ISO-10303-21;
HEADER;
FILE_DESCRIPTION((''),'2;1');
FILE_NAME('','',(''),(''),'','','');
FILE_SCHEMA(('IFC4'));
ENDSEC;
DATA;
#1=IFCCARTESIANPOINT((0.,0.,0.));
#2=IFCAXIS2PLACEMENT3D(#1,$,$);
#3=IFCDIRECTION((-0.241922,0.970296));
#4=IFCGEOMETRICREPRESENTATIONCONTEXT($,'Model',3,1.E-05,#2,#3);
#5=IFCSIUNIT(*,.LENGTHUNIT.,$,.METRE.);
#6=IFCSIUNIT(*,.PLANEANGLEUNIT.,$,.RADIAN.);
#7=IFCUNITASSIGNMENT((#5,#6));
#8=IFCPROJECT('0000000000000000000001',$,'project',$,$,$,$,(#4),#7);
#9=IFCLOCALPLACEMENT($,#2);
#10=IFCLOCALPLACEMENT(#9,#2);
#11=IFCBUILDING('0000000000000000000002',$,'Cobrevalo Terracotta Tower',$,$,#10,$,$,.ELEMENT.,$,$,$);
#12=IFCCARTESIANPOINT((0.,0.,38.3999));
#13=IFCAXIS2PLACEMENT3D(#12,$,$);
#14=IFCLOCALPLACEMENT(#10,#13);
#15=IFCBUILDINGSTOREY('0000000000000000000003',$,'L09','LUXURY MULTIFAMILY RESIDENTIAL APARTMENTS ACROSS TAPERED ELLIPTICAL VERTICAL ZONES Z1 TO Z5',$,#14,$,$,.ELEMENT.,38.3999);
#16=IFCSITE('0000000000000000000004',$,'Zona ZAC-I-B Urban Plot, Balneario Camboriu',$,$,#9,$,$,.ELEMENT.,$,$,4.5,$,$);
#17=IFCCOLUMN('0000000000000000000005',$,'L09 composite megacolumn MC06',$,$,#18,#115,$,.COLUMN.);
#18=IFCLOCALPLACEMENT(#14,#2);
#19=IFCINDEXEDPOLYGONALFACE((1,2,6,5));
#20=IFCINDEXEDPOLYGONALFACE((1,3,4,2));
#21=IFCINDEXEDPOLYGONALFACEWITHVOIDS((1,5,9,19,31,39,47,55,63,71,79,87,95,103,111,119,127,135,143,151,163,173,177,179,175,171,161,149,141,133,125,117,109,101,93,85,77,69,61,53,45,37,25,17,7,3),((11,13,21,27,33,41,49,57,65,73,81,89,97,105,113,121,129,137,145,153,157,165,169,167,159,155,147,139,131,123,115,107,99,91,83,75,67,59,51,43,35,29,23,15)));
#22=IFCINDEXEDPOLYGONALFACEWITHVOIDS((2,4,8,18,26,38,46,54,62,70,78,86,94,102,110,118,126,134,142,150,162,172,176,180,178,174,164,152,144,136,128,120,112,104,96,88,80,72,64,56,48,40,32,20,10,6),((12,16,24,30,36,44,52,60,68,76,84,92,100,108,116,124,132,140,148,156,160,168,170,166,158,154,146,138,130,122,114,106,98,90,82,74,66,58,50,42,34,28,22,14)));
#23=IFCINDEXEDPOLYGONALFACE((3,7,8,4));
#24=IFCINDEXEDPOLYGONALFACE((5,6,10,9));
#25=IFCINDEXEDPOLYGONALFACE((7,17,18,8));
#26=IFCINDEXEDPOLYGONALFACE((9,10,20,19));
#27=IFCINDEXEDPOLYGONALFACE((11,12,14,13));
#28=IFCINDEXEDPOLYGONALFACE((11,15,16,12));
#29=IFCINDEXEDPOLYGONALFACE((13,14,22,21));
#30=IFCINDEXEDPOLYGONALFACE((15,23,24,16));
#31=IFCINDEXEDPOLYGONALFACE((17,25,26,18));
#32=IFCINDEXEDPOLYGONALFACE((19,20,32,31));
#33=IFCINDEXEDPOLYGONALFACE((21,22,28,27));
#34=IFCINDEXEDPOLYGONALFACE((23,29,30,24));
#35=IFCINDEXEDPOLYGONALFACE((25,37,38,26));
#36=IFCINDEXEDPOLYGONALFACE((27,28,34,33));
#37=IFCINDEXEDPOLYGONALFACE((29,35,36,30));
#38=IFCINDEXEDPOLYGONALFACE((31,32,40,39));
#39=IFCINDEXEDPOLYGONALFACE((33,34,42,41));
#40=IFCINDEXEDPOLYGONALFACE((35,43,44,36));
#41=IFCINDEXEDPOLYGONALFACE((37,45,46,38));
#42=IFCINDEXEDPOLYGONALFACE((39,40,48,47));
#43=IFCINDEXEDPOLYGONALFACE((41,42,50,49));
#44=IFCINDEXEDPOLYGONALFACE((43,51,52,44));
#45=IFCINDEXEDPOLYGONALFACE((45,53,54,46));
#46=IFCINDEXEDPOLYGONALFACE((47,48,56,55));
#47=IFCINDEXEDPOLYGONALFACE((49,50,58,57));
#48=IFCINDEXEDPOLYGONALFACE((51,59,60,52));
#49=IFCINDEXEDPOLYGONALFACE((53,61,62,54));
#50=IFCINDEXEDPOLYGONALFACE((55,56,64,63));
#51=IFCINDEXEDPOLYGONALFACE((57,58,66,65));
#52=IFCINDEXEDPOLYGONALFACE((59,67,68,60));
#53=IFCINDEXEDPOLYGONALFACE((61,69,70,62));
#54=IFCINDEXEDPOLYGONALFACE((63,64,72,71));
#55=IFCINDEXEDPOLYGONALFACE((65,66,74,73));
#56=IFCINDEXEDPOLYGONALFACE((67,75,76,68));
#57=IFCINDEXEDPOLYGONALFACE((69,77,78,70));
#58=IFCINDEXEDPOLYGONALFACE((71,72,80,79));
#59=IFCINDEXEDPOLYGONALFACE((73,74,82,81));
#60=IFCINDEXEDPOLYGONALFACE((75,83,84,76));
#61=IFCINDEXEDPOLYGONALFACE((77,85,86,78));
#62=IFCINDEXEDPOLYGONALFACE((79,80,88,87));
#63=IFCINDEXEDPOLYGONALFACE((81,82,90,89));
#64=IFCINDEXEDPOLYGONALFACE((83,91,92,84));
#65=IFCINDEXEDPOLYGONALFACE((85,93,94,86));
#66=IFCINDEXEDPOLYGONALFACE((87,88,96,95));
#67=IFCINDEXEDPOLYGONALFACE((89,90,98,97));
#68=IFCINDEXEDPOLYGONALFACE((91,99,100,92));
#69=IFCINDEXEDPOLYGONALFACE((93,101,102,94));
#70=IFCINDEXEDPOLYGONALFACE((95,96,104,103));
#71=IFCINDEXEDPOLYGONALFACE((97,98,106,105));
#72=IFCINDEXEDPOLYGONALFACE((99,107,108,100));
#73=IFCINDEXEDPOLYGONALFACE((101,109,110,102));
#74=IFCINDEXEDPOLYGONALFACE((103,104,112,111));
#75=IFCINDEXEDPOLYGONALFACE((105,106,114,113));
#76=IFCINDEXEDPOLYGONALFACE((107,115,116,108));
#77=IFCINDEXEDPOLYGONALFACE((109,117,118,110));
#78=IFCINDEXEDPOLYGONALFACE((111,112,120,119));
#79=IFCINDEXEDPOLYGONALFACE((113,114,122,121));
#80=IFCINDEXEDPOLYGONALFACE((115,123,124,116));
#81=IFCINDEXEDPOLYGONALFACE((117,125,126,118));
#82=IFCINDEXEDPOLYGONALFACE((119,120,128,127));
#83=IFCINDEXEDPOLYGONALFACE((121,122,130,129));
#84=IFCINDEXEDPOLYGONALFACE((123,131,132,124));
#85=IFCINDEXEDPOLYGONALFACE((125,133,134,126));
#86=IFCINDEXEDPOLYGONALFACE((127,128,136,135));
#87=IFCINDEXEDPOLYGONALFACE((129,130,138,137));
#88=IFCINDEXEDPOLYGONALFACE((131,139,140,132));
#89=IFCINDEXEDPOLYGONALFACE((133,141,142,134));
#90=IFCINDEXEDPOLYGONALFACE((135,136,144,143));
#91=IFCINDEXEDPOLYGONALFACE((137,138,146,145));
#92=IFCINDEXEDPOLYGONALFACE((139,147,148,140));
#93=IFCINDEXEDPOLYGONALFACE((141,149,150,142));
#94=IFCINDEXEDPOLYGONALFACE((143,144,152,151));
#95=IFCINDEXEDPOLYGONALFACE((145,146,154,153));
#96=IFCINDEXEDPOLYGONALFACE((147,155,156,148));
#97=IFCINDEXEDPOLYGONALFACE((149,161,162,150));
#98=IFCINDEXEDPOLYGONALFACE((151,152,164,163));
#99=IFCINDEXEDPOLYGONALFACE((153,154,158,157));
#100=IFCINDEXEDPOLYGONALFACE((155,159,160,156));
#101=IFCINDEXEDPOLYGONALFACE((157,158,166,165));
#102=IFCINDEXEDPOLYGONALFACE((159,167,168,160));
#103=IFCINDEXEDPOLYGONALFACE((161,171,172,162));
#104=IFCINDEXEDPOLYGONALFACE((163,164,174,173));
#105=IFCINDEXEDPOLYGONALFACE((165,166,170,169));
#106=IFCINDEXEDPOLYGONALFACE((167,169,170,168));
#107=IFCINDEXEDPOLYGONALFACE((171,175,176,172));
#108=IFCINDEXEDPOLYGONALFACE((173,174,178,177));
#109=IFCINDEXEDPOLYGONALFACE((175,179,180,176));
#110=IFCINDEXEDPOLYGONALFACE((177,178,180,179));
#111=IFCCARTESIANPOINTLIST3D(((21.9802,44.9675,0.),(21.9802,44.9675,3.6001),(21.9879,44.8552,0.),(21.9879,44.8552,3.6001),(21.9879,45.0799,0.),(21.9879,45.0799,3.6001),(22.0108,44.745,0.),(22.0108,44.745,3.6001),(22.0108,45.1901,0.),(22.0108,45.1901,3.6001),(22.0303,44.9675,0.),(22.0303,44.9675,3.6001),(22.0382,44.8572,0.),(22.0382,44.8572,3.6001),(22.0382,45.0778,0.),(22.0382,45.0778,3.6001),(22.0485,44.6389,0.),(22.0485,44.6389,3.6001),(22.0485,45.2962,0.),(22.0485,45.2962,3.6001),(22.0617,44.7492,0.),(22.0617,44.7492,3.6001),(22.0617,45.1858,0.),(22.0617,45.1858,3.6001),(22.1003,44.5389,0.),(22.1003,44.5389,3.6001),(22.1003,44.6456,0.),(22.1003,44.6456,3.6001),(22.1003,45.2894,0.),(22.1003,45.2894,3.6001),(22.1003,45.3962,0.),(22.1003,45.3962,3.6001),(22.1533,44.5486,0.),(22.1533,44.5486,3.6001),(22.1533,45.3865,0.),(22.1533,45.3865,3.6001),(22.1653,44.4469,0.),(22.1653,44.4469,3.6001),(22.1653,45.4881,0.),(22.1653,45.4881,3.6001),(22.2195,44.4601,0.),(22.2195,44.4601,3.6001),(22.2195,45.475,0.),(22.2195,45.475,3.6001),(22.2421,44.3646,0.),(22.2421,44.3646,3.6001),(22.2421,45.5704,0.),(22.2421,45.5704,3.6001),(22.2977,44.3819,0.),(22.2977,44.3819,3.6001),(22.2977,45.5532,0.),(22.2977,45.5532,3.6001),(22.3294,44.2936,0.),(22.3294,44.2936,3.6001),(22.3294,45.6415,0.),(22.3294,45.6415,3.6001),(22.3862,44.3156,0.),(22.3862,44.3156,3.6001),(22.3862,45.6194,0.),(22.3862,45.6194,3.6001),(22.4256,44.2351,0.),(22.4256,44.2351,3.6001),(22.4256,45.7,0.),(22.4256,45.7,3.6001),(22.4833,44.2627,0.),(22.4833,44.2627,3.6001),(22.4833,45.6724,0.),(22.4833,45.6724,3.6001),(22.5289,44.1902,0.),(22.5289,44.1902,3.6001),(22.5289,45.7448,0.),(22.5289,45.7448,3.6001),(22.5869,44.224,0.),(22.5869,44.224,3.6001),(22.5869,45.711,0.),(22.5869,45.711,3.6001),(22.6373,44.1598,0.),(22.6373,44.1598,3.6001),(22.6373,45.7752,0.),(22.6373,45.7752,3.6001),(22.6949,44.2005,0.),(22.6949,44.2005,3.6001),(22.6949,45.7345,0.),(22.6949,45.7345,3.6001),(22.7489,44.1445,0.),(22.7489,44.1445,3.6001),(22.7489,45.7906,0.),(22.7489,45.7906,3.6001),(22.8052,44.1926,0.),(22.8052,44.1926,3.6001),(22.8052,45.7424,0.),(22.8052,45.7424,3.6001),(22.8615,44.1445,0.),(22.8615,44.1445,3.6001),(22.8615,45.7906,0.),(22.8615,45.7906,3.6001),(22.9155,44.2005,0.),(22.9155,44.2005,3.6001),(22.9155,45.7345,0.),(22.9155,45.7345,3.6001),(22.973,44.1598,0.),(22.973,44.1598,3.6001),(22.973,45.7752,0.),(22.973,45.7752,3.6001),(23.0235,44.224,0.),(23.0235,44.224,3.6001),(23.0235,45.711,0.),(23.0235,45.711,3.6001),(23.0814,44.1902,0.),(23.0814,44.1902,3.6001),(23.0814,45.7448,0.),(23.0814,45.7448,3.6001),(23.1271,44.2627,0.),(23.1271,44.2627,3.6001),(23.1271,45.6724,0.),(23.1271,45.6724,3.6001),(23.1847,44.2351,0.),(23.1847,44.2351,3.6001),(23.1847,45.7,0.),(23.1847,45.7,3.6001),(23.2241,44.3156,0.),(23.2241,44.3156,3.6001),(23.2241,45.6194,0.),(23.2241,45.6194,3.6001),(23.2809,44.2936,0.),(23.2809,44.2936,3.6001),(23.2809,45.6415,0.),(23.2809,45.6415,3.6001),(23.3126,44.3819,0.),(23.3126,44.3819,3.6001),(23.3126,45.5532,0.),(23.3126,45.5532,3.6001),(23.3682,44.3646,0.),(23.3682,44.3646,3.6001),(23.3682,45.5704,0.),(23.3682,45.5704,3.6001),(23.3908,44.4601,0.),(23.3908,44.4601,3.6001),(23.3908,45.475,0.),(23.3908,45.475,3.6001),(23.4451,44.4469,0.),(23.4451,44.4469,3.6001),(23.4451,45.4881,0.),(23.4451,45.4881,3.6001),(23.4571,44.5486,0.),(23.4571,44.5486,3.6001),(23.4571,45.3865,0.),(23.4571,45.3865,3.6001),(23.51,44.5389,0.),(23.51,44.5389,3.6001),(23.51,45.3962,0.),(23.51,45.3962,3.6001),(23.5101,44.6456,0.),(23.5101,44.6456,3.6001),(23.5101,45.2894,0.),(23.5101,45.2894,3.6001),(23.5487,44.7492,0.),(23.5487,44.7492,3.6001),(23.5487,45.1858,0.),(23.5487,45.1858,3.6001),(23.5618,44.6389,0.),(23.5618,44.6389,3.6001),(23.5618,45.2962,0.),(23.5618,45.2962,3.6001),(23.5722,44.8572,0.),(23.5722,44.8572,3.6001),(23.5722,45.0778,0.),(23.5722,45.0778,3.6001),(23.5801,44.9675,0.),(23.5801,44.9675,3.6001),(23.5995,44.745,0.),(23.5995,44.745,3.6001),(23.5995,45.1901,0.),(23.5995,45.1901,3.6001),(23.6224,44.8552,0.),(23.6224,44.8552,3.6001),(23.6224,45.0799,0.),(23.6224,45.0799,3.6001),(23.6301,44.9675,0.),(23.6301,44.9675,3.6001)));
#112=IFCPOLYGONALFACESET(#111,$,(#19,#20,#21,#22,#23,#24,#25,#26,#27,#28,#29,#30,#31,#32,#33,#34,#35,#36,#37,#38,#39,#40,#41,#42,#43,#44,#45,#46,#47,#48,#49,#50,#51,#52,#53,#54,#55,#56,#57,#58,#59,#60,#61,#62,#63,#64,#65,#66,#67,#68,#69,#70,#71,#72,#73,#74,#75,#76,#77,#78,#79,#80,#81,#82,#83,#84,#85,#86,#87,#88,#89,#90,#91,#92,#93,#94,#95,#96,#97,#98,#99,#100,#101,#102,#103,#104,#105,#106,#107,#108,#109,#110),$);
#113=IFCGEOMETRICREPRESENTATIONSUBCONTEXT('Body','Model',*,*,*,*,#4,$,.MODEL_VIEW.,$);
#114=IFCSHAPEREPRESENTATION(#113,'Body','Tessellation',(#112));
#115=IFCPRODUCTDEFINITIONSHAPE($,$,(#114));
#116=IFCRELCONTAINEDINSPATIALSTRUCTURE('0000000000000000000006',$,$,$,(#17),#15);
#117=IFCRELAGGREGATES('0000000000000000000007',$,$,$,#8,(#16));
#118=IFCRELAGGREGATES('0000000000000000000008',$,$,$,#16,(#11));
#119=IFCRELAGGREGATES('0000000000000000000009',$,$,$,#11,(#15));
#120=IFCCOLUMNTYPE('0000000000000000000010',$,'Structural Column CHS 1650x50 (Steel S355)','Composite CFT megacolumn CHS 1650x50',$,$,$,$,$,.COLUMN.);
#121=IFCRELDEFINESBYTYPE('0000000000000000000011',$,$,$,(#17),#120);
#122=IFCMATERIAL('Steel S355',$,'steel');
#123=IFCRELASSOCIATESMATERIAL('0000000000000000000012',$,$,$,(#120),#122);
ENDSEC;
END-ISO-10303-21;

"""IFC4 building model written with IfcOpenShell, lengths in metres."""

from ifc_helpers import new_model, si_unit, direction, frame, origin, origin_2d, place, context, subcontext, project, spatial, hollow_circle, extrude, material, material_profile, profile_set, type_object, element, save


model = new_model("IFC4")

# Units and contexts
model_context = context("Model", 3, precision=1e-05, world=origin(), true_north=direction((-0.241922, 0.970296)))
body_context = subcontext(model_context, "Body", "Model", "MODEL_VIEW")
ifc_project = project(units=[si_unit("LENGTHUNIT", "METRE"), si_unit("PLANEANGLEUNIT", "RADIAN")], contexts=[model_context])

# Site, building, storey
site_placement = place(None, origin())
site = spatial("IfcSite", under=ifc_project, at=site_placement, Name="Zona ZAC-I-B Urban Plot, Balneario Camboriu", CompositionType="ELEMENT", RefElevation=4.5)
building_placement = place(site_placement, origin())
building = spatial("IfcBuilding", under=site, at=building_placement, Name="Cobrevalo Terracotta Tower", CompositionType="ELEMENT")
storey_placement = place(building_placement, frame((0.0, 0.0, 38.3999)))
storey = spatial("IfcBuildingStorey", under=building, at=storey_placement, Name="L09", Description="LUXURY MULTIFAMILY RESIDENTIAL APARTMENTS ACROSS TAPERED ELLIPTICAL VERTICAL ZONES Z1 TO Z5", CompositionType="ELEMENT", Elevation=38.3999)

# Column
ifc_material_1 = material(Name="Steel S355", Category="steel")
ifc_material_profile_1 = material_profile(ifc_material_1, hollow_circle(Radius=0.825, WallThickness=0.05, at=origin_2d()), Name="CHS 1650x50")
ifc_profile_set_1 = profile_set([ifc_material_profile_1], Name="Steel S355")
column_type = type_object("IfcColumnType", Name="Structural Column CHS 1650x50 (Steel S355)", Description="Composite CFT megacolumn CHS 1650x50", PredefinedType="COLUMN", material=ifc_profile_set_1)
for number, where, z_axis, x_axis, name in (
    (1, (22.8052, 44.9675, 0.0), (0.0, 0.0, 1.0), (1.0, 0.0, 0.0), "L09 composite megacolumn MC06"),
):
    element("IfcColumn", number, at=place(storey_placement, frame(where, z_axis=z_axis, x_axis=x_axis)), inside=storey, type_object=column_type, Name=name, PredefinedType="COLUMN", context=body_context, shape_type="SweptSolid", body=[
        extrude(hollow_circle(Radius=0.825, WallThickness=0.05, at=origin_2d()), origin(), (0.0, 0.0, 1.0), 3.6001),
    ])

save(model, "model.ifc")
